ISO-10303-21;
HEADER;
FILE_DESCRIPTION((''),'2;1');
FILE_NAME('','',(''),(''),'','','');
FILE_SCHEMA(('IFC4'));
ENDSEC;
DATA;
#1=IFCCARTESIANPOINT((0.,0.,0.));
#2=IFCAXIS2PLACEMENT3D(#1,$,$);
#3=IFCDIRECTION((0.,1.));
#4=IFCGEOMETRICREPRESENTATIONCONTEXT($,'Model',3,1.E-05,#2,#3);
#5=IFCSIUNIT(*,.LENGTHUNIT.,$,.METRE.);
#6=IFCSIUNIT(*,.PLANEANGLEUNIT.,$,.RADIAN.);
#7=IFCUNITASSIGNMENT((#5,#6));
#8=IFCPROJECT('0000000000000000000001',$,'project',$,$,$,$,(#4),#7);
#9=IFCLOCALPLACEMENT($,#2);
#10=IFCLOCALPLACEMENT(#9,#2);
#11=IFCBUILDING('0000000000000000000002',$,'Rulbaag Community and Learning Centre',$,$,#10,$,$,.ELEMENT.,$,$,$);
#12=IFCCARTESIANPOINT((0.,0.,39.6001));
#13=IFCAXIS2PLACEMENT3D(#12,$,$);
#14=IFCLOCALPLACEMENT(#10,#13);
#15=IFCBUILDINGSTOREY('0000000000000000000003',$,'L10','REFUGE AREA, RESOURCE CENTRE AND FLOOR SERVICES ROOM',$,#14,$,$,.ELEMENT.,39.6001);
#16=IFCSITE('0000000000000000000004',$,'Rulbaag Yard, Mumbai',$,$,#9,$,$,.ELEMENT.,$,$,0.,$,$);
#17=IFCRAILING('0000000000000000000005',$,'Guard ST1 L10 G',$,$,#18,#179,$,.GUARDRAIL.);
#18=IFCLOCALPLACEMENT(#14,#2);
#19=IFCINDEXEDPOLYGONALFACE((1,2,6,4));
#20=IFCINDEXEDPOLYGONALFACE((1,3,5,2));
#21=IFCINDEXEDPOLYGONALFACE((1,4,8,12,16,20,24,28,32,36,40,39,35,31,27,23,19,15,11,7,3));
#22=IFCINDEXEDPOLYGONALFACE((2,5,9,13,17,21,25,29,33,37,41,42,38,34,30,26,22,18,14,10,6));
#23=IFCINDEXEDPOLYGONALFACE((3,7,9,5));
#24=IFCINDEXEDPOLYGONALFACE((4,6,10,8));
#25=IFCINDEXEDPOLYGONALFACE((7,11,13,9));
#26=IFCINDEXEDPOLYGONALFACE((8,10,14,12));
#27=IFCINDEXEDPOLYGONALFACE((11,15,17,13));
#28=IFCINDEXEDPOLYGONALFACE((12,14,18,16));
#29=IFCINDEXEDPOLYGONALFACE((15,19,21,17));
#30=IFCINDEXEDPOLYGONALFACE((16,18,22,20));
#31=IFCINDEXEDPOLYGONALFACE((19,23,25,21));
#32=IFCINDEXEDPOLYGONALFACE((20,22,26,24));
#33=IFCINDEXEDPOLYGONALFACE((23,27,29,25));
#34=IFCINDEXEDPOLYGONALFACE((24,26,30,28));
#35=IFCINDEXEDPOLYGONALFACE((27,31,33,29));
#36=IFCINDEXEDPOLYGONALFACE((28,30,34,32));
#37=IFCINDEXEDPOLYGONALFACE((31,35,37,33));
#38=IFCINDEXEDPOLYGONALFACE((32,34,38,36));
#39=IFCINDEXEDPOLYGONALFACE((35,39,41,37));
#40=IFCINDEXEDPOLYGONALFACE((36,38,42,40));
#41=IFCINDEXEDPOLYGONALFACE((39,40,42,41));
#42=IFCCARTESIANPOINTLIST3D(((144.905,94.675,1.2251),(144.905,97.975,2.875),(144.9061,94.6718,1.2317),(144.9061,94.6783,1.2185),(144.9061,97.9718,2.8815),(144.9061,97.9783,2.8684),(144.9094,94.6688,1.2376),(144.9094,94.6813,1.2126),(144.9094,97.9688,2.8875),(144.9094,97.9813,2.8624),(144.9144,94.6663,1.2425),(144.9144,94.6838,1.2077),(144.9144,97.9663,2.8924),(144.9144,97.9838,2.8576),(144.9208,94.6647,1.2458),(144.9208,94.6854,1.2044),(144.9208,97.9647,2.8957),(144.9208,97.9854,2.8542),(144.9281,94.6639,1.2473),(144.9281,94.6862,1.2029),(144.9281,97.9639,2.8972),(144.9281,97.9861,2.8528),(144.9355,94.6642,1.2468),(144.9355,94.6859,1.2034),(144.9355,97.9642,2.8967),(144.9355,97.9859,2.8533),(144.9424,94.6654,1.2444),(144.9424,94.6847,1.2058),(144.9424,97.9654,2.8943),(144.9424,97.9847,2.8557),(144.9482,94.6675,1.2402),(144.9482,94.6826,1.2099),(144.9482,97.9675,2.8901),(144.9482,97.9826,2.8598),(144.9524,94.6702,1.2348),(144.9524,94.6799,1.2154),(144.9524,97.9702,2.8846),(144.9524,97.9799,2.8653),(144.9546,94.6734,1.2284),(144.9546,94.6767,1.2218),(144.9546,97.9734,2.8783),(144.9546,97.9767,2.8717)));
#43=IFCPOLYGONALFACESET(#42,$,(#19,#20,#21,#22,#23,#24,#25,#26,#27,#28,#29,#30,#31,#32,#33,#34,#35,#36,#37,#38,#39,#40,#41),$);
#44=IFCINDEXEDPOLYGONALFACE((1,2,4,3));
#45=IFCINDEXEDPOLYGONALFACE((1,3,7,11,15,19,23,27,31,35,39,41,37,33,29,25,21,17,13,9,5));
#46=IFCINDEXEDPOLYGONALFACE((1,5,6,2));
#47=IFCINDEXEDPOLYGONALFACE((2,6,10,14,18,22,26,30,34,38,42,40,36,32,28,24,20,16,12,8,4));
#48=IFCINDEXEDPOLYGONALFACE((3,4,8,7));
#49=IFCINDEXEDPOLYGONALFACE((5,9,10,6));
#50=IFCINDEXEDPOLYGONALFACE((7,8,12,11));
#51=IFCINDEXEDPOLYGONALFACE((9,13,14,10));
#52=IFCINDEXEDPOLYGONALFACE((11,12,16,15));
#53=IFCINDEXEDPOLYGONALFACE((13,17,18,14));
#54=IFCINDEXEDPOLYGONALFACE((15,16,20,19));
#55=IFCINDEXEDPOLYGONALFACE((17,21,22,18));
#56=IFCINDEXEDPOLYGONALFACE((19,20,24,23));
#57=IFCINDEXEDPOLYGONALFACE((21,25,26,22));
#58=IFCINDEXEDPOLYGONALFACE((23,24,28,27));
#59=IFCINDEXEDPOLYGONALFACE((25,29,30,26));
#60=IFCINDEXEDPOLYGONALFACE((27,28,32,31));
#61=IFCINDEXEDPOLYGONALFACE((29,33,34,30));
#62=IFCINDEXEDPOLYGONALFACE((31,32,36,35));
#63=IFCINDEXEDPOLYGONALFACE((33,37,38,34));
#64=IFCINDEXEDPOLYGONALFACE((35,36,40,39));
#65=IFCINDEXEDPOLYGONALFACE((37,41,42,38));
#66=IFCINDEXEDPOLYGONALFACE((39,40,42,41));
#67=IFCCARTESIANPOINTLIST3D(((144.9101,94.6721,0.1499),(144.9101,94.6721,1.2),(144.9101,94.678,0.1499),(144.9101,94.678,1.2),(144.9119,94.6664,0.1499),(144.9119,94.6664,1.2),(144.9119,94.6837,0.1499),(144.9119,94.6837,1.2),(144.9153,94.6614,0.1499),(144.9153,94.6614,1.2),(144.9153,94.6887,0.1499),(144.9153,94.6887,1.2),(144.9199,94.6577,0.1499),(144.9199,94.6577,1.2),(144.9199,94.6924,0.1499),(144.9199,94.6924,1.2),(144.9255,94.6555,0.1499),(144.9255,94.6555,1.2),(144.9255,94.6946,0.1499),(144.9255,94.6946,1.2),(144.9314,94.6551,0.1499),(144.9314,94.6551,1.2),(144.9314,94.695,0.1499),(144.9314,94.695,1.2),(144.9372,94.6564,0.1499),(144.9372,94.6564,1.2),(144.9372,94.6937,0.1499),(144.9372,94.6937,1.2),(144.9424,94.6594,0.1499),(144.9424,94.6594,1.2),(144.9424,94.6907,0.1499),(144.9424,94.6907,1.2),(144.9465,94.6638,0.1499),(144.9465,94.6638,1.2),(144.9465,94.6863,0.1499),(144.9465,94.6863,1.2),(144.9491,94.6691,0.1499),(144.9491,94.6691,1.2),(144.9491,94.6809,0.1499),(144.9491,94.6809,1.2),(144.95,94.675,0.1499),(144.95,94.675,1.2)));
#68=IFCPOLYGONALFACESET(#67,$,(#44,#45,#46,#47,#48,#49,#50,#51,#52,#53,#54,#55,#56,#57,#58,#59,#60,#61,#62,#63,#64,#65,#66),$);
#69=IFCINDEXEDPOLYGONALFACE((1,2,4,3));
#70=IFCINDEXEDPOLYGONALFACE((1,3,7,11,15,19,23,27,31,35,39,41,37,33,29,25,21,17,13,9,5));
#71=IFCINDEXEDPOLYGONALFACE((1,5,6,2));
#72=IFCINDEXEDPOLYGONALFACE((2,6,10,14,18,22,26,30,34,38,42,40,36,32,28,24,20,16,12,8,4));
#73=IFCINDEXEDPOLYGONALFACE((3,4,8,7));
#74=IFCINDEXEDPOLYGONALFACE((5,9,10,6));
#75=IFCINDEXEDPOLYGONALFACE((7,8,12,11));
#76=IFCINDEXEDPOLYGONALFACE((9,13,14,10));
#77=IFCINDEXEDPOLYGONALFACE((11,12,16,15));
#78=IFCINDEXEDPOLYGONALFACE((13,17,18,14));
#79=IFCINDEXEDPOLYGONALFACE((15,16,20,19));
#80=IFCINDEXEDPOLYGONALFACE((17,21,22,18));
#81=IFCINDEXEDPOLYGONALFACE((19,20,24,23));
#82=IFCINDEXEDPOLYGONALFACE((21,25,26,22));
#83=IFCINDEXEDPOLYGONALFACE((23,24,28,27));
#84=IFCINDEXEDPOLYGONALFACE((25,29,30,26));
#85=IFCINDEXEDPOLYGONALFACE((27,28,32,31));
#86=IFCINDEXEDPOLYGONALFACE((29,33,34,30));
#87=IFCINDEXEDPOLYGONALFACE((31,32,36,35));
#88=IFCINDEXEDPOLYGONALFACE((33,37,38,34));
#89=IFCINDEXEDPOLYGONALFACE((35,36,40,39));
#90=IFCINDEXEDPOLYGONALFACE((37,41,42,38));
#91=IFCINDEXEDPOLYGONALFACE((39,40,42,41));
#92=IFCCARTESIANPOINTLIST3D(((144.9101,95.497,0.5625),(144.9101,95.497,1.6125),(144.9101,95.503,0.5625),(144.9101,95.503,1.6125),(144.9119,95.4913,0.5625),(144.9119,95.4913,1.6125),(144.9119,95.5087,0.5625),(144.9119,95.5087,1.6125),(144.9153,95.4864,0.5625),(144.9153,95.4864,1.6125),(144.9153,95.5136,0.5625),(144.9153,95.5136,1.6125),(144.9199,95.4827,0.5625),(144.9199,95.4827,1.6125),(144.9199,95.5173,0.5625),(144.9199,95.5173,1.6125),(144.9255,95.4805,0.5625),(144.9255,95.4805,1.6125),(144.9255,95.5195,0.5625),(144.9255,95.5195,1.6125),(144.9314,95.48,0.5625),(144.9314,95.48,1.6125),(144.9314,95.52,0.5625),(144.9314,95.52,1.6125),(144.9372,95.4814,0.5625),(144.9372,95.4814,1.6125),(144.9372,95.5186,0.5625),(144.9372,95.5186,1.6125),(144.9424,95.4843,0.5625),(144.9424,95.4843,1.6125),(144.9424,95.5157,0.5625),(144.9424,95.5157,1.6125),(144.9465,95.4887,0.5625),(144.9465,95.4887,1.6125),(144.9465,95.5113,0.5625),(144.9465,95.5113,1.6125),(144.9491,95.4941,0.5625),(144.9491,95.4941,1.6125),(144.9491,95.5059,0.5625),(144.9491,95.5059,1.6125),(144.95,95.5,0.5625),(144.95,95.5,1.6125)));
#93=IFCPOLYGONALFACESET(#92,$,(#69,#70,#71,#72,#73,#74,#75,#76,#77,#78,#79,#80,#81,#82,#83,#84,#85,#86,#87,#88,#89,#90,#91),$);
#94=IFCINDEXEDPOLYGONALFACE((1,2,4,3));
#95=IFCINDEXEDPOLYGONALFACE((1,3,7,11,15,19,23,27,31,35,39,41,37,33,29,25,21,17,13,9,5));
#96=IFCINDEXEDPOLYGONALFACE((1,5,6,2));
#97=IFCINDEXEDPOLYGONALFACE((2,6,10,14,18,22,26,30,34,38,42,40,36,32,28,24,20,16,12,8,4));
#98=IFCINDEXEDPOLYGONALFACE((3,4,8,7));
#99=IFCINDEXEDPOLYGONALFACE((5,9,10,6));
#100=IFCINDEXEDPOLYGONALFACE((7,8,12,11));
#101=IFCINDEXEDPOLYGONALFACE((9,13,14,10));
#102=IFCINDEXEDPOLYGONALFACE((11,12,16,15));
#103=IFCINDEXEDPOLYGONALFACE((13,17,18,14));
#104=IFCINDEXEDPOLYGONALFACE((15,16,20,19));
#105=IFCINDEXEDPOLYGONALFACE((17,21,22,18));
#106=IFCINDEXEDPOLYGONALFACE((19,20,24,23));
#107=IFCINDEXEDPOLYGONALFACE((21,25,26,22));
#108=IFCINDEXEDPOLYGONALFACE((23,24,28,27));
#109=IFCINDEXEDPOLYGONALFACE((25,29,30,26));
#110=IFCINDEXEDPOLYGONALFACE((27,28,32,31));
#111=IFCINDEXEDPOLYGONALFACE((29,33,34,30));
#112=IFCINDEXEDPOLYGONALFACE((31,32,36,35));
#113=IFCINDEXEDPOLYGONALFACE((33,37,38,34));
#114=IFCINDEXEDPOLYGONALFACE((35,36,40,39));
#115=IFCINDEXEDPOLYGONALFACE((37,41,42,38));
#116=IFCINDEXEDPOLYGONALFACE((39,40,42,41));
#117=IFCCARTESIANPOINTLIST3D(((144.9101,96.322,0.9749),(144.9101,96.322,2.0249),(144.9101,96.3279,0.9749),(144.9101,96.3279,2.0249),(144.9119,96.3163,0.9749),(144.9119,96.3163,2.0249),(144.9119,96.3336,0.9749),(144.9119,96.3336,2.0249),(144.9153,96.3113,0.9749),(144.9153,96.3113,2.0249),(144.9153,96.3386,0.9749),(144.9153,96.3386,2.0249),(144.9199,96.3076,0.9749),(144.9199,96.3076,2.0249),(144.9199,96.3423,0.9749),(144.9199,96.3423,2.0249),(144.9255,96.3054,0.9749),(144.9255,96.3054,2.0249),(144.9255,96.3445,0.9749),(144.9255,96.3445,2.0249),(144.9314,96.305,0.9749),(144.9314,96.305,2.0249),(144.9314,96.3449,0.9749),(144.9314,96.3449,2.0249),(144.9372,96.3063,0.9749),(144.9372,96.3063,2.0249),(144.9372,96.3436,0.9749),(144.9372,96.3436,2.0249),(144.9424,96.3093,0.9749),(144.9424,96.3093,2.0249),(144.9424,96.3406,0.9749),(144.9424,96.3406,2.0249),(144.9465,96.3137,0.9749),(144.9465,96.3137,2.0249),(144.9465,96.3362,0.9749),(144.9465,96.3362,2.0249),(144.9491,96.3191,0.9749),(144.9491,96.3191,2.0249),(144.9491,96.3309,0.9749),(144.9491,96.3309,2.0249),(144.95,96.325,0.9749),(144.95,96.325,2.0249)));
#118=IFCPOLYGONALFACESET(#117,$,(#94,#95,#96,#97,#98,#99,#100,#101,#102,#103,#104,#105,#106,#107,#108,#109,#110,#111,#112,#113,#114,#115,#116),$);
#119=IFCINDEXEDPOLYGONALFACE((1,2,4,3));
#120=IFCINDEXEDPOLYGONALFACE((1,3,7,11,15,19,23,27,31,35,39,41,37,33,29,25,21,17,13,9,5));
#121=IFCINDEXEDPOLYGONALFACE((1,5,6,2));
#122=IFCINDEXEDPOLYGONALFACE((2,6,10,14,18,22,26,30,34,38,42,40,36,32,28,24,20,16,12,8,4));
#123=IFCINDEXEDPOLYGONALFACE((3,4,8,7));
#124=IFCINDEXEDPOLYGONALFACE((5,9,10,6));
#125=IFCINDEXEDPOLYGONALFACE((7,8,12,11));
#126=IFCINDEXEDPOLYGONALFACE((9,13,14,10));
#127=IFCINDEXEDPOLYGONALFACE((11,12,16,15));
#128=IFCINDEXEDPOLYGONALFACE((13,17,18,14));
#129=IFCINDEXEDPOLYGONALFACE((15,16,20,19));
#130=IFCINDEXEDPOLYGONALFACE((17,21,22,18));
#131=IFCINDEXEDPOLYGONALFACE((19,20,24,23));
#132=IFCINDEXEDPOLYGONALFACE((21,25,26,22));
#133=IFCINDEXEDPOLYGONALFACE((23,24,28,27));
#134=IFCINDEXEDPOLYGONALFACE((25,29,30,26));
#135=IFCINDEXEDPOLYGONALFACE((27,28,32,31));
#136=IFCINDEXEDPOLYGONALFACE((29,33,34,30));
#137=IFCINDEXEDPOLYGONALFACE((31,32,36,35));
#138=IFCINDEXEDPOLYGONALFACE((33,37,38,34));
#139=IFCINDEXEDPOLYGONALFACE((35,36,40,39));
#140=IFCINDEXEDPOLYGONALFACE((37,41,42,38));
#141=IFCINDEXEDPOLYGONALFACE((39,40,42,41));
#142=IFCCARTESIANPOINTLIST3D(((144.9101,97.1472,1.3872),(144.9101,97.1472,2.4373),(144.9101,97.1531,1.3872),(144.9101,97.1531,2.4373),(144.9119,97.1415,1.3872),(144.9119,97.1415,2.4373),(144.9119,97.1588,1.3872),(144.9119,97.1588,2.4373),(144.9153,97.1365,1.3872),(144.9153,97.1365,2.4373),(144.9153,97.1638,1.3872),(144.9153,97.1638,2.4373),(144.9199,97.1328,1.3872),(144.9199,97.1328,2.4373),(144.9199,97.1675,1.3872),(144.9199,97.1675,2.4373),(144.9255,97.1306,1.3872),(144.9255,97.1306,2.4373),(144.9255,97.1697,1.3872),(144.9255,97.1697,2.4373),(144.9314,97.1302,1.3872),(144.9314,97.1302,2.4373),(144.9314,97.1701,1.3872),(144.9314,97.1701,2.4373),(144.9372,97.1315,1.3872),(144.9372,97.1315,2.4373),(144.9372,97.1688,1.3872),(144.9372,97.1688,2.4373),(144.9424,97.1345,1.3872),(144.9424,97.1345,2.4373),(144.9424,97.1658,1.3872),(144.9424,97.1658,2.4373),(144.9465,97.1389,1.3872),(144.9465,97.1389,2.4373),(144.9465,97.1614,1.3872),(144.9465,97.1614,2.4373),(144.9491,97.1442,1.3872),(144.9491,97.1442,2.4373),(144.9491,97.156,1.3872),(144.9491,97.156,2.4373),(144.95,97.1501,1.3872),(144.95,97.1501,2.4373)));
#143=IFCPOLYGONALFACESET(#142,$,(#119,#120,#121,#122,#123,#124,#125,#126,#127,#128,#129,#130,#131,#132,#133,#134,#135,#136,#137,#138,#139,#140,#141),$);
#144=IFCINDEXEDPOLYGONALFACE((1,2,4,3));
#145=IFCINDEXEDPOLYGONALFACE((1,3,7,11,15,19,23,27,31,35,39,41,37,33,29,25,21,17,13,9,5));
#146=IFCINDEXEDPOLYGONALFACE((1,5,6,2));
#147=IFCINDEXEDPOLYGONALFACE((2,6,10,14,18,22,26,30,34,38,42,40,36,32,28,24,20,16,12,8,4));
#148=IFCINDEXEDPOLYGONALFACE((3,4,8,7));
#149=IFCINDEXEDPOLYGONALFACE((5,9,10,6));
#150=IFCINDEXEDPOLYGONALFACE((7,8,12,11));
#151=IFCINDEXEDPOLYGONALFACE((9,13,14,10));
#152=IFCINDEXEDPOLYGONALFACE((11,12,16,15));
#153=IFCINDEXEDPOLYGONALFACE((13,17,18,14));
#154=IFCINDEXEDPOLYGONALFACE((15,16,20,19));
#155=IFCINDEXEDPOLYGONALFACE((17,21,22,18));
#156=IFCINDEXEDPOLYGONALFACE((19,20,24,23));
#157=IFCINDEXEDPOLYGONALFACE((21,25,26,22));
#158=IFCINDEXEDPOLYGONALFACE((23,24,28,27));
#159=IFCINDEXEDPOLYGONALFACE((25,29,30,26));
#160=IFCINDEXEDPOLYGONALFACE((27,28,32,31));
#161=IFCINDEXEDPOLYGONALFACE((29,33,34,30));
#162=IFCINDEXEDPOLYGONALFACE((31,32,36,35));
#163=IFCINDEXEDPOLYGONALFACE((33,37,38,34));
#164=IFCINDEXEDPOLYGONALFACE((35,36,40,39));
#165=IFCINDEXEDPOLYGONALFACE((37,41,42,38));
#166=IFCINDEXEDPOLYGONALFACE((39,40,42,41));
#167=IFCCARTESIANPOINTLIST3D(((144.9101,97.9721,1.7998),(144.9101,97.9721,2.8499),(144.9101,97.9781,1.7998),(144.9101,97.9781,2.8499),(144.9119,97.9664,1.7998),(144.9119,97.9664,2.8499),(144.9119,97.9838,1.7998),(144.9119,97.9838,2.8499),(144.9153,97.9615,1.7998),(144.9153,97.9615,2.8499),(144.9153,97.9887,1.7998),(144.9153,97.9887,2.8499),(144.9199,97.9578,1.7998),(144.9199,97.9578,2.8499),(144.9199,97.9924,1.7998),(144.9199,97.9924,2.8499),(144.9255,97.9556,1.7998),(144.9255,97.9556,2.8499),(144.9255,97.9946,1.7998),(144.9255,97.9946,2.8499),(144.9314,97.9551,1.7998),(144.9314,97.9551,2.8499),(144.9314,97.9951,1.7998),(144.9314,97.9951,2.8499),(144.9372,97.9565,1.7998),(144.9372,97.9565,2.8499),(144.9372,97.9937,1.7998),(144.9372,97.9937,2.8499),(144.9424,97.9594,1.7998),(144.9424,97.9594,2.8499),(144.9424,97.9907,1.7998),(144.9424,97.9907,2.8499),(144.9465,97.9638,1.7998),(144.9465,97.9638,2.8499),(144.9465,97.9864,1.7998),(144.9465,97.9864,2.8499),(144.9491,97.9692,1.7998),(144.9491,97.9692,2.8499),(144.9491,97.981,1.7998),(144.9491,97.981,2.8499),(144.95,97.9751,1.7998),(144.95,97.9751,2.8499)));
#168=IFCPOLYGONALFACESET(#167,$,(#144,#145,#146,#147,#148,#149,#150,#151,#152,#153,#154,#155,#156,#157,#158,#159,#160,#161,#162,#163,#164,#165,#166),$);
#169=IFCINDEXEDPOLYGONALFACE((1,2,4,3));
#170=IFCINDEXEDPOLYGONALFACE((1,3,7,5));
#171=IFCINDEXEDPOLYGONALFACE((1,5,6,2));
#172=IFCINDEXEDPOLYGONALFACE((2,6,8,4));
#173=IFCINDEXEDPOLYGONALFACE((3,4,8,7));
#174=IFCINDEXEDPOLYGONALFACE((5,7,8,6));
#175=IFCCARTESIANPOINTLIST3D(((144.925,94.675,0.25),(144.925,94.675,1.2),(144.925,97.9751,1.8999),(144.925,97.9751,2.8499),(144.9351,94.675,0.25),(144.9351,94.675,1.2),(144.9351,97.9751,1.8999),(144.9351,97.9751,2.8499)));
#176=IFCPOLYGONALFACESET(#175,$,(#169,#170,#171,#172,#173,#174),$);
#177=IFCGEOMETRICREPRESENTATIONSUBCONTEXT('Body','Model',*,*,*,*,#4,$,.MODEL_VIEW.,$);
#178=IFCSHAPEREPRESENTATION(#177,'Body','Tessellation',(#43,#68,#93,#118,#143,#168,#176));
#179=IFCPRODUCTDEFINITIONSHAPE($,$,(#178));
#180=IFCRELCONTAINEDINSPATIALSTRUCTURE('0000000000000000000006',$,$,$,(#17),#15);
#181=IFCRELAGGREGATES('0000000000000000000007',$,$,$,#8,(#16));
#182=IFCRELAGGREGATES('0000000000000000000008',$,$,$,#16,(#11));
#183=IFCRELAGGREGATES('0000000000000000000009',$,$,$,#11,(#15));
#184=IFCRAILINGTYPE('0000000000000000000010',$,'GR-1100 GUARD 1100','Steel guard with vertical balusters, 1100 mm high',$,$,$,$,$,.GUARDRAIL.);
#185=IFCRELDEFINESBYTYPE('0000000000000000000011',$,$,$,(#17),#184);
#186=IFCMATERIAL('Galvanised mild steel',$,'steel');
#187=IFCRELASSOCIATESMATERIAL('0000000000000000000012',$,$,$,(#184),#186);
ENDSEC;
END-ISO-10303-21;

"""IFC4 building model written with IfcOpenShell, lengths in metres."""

from ifc_helpers import new_model, si_unit, direction, frame, origin, origin_2d, place, context, subcontext, project, spatial, polyline, circle, outline, extrude, material, type_object, element, save


model = new_model("IFC4")

# Units and contexts
model_context = context("Model", 3, precision=1e-05, world=origin(), true_north=direction((0.0, 1.0)))
body_context = subcontext(model_context, "Body", "Model", "MODEL_VIEW")
ifc_project = project(units=[si_unit("LENGTHUNIT", "METRE"), si_unit("PLANEANGLEUNIT", "RADIAN")], contexts=[model_context])

# Site, building, storey
site_placement = place(None, origin())
site = spatial("IfcSite", under=ifc_project, at=site_placement, Name="Rulbaag Yard, Mumbai", CompositionType="ELEMENT", RefElevation=0.0)
building_placement = place(site_placement, origin())
building = spatial("IfcBuilding", under=site, at=building_placement, Name="Rulbaag Community and Learning Centre", CompositionType="ELEMENT")
storey_placement = place(building_placement, frame((0.0, 0.0, 39.6001)))
storey = spatial("IfcBuildingStorey", under=building, at=storey_placement, Name="L10", Description="REFUGE AREA, RESOURCE CENTRE AND FLOOR SERVICES ROOM", CompositionType="ELEMENT", Elevation=39.6001)

# Railing
ifc_material_1 = material(Name="Galvanised mild steel", Category="steel")
railing_type_1 = type_object("IfcRailingType", Name="GR-1100 GUARD 1100", Description="Steel guard with vertical balusters, 1100 mm high", PredefinedType="GUARDRAIL", material=ifc_material_1)
railing_1_placement = place(storey_placement, frame((144.9299, 94.675, 0.1499)))
element("IfcRailing", 1, at=railing_1_placement, inside=storey, type_object=railing_type_1, Name="Guard ST1 L10 G", PredefinedType="GUARDRAIL", context=body_context, shape_type="SweptSolid", body=[
    extrude(circle(Radius=0.0249, at=origin_2d()), frame((0.0, 0.0, 1.0752), z_axis=(0.0, 0.89444, 0.447187), x_axis=(-1.0, 0.0, 0.0)), (0.0, 0.0, 1.0), 3.6895),
    extrude(circle(Radius=0.02, at=origin_2d()), origin(), (0.0, 0.0, 1.0), 1.05),
    extrude(circle(Radius=0.02, at=origin_2d()), frame((0.0, 0.825, 0.4126)), (0.0, 0.0, 1.0), 1.05),
    extrude(circle(Radius=0.02, at=origin_2d()), frame((0.0, 1.6499, 0.825)), (0.0, 0.0, 1.0), 1.05),
    extrude(circle(Radius=0.02, at=origin_2d()), frame((0.0, 2.4751, 1.2373)), (0.0, 0.0, 1.0), 1.05),
    extrude(circle(Radius=0.02, at=origin_2d()), frame((0.0, 3.3, 1.6499)), (0.0, 0.0, 1.0), 1.05),
    extrude(outline(polyline([(0.0, 0.0), (3.3, 1.6499), (3.3, 2.5999), (0.0, 0.95), (0.0, 0.0)])), frame((-0.0049, 0.0, 0.1001), z_axis=(1.0, 0.0, 0.0), x_axis=(0.0, 1.0, 0.0)), (0.0, 0.0, 1.0), 0.01),
])

save(model, "model.ifc")
